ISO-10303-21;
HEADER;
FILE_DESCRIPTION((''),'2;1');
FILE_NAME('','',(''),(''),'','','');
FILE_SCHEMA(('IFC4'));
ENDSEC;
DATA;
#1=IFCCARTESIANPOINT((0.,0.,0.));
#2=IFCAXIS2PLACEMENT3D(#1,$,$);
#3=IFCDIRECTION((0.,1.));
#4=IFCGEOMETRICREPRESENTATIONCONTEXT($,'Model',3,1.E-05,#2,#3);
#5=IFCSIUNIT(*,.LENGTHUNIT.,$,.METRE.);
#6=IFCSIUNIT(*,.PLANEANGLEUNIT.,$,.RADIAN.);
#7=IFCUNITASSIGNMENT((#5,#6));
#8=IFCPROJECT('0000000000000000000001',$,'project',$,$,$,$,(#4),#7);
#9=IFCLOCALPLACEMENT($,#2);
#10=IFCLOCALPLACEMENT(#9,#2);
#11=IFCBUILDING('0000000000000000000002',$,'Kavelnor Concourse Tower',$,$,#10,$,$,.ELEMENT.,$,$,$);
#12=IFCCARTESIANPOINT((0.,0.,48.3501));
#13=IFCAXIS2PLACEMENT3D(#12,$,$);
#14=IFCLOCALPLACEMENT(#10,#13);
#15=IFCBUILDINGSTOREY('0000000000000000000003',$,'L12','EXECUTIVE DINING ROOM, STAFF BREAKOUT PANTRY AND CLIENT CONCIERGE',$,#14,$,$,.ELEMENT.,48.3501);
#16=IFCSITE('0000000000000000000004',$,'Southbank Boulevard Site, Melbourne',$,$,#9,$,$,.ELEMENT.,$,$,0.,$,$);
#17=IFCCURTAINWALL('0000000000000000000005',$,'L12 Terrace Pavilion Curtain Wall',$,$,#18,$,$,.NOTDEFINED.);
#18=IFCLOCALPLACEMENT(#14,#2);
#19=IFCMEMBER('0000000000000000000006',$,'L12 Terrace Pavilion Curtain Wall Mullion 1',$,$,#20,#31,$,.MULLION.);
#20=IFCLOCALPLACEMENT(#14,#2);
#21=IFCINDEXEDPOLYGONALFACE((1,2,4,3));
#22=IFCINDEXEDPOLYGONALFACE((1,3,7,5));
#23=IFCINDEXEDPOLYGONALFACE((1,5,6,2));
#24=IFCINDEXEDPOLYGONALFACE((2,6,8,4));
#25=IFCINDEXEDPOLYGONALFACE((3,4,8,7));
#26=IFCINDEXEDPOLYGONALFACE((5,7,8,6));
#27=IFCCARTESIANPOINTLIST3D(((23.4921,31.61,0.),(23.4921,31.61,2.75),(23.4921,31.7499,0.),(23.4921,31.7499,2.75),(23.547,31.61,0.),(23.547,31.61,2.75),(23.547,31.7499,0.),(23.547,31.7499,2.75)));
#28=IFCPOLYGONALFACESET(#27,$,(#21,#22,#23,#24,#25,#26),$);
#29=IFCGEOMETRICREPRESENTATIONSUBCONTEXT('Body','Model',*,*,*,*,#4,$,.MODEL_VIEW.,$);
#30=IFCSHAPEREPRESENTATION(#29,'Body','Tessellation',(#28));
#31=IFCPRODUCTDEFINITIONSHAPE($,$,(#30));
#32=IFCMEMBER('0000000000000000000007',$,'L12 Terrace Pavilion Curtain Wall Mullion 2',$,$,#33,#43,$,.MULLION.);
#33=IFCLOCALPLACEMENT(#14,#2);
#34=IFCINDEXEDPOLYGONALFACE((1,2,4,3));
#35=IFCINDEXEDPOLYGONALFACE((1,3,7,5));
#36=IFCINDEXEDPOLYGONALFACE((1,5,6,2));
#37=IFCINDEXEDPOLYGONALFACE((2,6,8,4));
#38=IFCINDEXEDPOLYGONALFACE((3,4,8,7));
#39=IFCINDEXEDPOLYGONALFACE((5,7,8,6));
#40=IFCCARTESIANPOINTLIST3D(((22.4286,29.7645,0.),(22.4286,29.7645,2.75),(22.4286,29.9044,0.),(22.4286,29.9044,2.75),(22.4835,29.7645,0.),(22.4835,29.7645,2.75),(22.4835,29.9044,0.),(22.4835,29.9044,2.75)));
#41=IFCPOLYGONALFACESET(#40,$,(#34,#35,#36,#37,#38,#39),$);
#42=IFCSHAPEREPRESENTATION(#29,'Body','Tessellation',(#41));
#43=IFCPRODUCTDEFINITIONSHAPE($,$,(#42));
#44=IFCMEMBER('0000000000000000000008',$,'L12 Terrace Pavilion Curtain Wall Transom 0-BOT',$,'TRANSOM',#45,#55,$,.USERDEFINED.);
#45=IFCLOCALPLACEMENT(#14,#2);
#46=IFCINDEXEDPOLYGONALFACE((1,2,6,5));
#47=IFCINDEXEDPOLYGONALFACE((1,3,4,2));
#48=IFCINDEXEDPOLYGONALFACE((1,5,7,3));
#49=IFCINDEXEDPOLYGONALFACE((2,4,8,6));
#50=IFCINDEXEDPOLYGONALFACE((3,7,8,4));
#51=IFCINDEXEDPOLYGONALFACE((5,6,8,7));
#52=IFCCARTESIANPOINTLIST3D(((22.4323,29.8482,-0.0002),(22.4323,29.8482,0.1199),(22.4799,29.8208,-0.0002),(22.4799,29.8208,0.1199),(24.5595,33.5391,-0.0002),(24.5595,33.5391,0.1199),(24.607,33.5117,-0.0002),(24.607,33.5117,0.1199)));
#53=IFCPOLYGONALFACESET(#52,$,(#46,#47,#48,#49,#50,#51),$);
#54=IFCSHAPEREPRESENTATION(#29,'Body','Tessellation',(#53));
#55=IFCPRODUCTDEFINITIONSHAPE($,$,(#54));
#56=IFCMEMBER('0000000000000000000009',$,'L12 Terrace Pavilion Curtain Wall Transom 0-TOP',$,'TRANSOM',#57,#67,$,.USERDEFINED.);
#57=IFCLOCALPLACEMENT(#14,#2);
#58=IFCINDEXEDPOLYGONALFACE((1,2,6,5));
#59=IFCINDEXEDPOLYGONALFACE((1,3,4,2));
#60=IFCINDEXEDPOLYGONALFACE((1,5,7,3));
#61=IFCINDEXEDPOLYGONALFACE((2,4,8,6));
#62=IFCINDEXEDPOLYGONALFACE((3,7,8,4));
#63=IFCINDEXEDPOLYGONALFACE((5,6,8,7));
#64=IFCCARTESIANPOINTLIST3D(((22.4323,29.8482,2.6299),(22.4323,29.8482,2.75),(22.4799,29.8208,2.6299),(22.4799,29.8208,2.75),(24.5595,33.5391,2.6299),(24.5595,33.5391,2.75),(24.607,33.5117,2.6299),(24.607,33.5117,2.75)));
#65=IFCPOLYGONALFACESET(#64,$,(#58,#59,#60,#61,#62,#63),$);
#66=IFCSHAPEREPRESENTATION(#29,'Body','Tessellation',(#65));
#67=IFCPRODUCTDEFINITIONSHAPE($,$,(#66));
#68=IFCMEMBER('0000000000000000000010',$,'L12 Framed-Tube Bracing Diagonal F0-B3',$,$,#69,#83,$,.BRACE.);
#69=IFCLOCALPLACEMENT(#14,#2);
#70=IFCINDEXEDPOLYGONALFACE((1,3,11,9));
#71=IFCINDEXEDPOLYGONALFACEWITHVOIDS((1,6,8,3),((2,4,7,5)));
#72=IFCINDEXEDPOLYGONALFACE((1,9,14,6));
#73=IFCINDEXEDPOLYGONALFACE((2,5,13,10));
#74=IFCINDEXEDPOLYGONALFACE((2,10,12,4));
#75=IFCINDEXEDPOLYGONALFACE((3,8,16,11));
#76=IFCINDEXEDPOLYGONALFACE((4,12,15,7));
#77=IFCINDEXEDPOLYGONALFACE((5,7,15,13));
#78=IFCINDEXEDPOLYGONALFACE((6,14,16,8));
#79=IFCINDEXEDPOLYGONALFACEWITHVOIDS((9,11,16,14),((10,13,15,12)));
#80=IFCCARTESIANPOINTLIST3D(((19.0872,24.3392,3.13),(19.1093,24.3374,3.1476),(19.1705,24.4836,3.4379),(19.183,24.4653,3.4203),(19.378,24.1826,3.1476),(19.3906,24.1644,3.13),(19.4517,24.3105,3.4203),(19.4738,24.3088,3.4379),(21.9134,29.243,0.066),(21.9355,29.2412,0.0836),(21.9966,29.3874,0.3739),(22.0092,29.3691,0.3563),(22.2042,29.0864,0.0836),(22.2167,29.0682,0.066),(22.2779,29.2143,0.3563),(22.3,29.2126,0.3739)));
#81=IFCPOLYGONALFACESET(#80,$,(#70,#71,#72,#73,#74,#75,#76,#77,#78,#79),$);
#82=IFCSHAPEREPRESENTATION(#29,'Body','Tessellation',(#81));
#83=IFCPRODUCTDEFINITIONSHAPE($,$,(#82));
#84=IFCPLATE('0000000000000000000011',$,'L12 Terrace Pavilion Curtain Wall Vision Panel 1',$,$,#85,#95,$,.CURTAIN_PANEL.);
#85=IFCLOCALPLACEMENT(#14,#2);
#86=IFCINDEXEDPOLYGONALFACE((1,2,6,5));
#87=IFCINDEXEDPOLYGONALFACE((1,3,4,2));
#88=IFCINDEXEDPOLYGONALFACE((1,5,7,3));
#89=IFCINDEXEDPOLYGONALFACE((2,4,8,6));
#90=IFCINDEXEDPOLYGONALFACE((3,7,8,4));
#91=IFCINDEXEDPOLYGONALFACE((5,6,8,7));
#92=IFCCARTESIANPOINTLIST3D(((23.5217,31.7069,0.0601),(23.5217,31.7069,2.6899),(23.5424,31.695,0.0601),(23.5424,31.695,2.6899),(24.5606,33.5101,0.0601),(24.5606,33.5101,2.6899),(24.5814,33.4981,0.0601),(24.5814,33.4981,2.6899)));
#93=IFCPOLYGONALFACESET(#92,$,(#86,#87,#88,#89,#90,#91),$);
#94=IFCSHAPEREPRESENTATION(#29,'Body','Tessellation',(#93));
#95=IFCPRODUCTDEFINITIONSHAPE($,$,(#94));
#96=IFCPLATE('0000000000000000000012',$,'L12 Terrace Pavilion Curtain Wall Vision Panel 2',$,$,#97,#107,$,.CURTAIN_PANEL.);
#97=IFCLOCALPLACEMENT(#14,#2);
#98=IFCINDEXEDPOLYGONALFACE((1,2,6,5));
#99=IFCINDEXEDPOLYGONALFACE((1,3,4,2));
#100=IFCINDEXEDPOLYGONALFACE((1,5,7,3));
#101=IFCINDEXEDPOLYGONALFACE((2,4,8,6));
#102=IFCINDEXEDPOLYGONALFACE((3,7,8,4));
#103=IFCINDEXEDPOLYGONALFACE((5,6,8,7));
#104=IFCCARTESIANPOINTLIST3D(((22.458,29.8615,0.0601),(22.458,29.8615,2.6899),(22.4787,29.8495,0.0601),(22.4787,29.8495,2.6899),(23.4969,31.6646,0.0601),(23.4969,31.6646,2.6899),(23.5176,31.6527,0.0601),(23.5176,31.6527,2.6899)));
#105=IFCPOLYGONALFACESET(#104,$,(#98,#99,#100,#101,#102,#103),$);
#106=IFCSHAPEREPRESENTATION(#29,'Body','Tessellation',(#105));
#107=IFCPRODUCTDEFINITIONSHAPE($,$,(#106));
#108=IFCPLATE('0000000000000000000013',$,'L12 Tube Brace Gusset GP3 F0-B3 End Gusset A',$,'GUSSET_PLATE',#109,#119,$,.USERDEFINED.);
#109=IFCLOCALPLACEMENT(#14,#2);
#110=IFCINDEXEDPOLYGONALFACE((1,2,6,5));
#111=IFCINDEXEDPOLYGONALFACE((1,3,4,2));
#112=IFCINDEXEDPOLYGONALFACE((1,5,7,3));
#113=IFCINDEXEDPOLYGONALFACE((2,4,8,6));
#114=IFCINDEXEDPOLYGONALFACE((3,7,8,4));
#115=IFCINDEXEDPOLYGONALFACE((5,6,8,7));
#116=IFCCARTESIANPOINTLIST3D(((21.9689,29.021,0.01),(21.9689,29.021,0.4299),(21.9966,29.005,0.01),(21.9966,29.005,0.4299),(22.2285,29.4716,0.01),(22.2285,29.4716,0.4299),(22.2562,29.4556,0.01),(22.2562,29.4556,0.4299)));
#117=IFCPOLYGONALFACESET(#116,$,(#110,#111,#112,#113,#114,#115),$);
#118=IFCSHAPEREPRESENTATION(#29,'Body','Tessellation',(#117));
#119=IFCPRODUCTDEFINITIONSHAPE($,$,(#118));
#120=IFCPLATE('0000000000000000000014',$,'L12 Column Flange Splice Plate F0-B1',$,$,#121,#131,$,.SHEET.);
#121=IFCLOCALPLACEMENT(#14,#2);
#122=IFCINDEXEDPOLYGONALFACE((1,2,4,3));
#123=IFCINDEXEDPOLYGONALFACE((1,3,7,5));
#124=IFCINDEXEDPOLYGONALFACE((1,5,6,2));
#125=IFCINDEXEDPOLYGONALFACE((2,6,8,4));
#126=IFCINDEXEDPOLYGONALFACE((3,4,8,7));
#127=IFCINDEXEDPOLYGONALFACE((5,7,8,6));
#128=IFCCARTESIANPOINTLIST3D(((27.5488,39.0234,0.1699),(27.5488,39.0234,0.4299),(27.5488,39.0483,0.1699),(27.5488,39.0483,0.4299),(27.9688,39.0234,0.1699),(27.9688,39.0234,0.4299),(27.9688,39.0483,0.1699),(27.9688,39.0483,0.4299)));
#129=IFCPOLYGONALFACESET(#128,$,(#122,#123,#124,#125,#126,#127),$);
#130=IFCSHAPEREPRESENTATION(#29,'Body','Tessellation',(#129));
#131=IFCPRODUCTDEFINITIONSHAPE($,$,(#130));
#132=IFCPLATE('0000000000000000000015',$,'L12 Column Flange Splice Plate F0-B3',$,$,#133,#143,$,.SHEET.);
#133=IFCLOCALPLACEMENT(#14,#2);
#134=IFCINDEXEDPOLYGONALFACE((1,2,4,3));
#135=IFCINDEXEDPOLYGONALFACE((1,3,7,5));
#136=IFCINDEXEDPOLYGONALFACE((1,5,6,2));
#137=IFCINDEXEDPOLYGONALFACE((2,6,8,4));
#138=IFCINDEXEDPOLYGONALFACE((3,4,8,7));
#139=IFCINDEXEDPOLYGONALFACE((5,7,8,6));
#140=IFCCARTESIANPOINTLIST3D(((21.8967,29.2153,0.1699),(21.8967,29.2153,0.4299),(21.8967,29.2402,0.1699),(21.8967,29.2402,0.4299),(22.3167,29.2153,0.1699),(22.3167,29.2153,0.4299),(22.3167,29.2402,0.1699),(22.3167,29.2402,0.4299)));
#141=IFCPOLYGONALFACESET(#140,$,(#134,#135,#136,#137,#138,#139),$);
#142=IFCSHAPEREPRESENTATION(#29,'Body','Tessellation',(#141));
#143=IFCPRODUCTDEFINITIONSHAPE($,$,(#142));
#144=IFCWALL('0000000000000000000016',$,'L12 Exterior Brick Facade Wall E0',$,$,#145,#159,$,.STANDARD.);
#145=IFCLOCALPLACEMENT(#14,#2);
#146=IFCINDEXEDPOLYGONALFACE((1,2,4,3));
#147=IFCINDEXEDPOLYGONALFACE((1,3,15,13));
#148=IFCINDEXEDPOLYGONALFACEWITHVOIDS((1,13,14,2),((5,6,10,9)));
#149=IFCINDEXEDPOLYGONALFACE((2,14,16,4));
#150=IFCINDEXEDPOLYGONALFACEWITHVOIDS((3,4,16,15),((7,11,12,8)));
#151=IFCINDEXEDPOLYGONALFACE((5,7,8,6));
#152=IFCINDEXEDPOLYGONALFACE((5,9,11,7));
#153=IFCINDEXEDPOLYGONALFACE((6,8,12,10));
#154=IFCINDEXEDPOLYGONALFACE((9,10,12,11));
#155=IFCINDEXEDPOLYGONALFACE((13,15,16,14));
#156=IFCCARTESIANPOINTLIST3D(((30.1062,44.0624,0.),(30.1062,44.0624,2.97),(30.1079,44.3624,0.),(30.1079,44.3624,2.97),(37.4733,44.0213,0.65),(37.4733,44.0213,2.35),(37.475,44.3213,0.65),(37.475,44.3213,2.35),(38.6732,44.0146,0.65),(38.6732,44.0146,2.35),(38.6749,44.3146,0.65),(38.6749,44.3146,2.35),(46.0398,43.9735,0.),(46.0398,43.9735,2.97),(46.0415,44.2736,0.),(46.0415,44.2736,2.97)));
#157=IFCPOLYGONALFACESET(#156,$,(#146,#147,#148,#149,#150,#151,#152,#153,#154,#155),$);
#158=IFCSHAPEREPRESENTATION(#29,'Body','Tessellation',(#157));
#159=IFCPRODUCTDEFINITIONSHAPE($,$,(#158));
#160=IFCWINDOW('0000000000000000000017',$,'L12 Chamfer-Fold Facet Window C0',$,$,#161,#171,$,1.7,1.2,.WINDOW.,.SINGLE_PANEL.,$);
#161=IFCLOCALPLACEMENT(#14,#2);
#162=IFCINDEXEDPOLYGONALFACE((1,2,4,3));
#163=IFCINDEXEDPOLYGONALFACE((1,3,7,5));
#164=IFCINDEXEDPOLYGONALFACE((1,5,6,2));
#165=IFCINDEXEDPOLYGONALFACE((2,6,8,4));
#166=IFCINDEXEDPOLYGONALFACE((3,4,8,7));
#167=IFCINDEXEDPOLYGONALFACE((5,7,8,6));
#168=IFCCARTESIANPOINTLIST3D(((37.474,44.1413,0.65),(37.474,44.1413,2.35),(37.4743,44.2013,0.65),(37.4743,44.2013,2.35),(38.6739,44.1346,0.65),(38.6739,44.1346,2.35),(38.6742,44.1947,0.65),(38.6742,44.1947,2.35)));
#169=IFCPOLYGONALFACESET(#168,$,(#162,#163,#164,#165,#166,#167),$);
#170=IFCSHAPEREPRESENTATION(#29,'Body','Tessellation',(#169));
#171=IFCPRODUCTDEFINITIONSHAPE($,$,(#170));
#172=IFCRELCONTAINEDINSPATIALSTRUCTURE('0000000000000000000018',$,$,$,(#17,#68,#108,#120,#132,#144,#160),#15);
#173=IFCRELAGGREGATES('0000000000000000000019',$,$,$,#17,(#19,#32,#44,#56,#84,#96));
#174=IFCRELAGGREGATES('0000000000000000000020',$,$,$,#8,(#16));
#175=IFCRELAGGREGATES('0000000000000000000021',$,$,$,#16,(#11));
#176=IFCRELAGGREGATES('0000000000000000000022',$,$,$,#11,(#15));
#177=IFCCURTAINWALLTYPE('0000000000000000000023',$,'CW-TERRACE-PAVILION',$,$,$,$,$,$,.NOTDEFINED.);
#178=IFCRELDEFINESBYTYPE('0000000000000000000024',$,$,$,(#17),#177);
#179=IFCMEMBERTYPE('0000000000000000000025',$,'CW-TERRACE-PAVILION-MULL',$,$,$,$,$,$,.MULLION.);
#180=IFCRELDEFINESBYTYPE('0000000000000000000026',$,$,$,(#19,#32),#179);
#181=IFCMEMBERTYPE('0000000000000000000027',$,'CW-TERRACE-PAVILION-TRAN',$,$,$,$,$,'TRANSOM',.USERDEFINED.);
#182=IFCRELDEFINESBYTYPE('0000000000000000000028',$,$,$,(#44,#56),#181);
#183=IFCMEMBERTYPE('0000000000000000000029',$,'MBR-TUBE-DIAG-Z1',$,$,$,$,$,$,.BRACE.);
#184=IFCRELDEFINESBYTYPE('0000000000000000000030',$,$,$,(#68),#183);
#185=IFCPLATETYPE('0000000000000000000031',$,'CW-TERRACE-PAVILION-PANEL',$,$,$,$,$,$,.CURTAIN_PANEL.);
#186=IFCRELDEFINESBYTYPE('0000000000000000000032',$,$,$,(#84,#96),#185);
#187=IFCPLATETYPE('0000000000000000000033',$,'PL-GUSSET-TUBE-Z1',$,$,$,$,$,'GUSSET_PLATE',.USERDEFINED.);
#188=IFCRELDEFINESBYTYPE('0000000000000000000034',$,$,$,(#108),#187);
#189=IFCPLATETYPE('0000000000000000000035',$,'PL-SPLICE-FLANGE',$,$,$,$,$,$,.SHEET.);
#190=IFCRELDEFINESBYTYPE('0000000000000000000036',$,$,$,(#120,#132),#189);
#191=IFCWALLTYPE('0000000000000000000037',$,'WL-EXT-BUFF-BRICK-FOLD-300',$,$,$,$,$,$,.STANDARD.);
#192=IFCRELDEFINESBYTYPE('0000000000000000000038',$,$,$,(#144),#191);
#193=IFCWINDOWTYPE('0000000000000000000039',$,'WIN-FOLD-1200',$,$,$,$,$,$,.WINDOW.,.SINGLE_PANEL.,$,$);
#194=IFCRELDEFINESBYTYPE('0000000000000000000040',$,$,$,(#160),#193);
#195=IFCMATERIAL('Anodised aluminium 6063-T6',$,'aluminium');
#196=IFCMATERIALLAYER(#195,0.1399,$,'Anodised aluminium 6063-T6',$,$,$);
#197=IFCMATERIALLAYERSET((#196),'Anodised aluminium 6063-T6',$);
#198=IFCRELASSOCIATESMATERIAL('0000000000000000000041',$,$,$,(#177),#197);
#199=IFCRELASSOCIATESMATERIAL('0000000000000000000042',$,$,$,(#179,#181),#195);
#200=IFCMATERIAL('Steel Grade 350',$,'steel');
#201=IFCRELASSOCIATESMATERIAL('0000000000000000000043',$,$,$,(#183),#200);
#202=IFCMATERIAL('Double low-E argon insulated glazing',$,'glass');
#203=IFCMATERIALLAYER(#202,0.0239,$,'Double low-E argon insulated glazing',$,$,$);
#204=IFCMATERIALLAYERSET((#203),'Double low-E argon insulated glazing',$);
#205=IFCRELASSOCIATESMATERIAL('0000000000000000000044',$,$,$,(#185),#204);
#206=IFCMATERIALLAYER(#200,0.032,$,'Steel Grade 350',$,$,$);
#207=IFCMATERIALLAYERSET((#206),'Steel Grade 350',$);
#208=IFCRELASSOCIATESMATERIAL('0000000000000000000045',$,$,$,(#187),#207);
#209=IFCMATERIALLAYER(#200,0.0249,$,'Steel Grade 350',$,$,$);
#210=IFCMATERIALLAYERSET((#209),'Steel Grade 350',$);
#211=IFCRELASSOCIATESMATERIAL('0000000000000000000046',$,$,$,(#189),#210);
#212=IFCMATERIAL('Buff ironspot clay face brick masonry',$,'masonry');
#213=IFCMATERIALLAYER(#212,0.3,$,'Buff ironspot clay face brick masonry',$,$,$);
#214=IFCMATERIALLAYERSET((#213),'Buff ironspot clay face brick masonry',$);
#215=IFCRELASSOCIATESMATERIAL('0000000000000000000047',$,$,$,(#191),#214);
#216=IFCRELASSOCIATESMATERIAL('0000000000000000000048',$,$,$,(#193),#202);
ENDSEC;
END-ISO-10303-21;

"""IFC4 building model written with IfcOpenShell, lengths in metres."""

from ifc_helpers import new_model, si_unit, direction, frame, frame_2d, origin, origin_2d, place, context, subcontext, project, spatial, rectangle, hollow_rectangle, extrude, material, layer, layer_set, material_profile, profile_set, type_object, element, fill, aggregate, save


model = new_model("IFC4")

# Units and contexts
model_context = context("Model", 3, precision=1e-05, world=origin(), true_north=direction((0.0, 1.0)))
body_context = subcontext(model_context, "Body", "Model", "MODEL_VIEW")
ifc_project = project(units=[si_unit("LENGTHUNIT", "METRE"), si_unit("PLANEANGLEUNIT", "RADIAN")], contexts=[model_context])

# Site, building, storey
site_placement = place(None, origin())
site = spatial("IfcSite", under=ifc_project, at=site_placement, Name="Southbank Boulevard Site, Melbourne", CompositionType="ELEMENT", RefElevation=0.0)
building_placement = place(site_placement, origin())
building = spatial("IfcBuilding", under=site, at=building_placement, Name="Kavelnor Concourse Tower", CompositionType="ELEMENT")
storey_placement = place(building_placement, frame((0.0, 0.0, 48.3501)))
storey = spatial("IfcBuildingStorey", under=building, at=storey_placement, Name="L12", Description="EXECUTIVE DINING ROOM, STAFF BREAKOUT PANTRY AND CLIENT CONCIERGE", CompositionType="ELEMENT", Elevation=48.3501)

# Shared definitions
ifc_material_1 = material(Name="Steel Grade 350", Category="steel")

# Curtain wall, members
ifc_material_2 = material(Name="Anodised aluminium 6063-T6", Category="aluminium")
ifc_layer_1 = layer(ifc_material_2, 0.1399, Name="Anodised aluminium 6063-T6")
ifc_layer_set_1 = layer_set([ifc_layer_1], Name="Anodised aluminium 6063-T6")
curtain_wall_type = type_object("IfcCurtainWallType", Name="CW-TERRACE-PAVILION", PredefinedType="NOTDEFINED", material=ifc_layer_set_1)
curtain_wall_placement = place(storey_placement, origin())
curtain_wall = element("IfcCurtainWall", 1, at=curtain_wall_placement, inside=storey, type_object=curtain_wall_type, Name="L12 Terrace Pavilion Curtain Wall", PredefinedType="NOTDEFINED")
ifc_material_profile_1 = material_profile(ifc_material_2, rectangle(XDim=0.0549, YDim=0.1399, at=origin_2d()), Name="AL-MULL 55x140")
ifc_profile_set_1 = profile_set([ifc_material_profile_1], Name="Anodised aluminium 6063-T6")
member_type_1 = type_object("IfcMemberType", Name="CW-TERRACE-PAVILION-MULL", PredefinedType="MULLION", material=ifc_profile_set_1)
member_1_placement = place(storey_placement, frame((23.5195, 31.6799, 0.0), z_axis=(0.0, 0.0, 1.0), x_axis=(1.0, 0.0, 0.0)))
member_1 = element("IfcMember", 2, at=member_1_placement, type_object=member_type_1, Name="L12 Terrace Pavilion Curtain Wall Mullion 1", PredefinedType="MULLION", context=body_context, shape_type="SweptSolid", body=[
    extrude(rectangle(XDim=0.0549, YDim=0.1399, at=origin_2d()), origin(), (0.0, 0.0, 1.0), 2.75),
])
member_2_placement = place(storey_placement, frame((22.4561, 29.8345, 0.0), z_axis=(0.0, 0.0, 1.0), x_axis=(1.0, 0.0, 0.0)))
member_2 = element("IfcMember", 3, at=member_2_placement, type_object=member_type_1, Name="L12 Terrace Pavilion Curtain Wall Mullion 2", PredefinedType="MULLION", context=body_context, shape_type="SweptSolid", body=[
    extrude(rectangle(XDim=0.0549, YDim=0.1399, at=origin_2d()), origin(), (0.0, 0.0, 1.0), 2.75),
])
ifc_material_profile_2 = material_profile(ifc_material_2, rectangle(XDim=0.0549, YDim=0.1201, at=origin_2d()), Name="AL-TRAN 55x120")
ifc_profile_set_2 = profile_set([ifc_material_profile_2], Name="Anodised aluminium 6063-T6")
member_type_2 = type_object("IfcMemberType", Name="CW-TERRACE-PAVILION-TRAN", ElementType="TRANSOM", PredefinedType="USERDEFINED", material=ifc_profile_set_2)
member_3_placement = place(storey_placement, frame((24.5833, 33.5254, 0.0598), z_axis=(-0.499339, -0.866407, 0.0), x_axis=(0.866407, -0.499339, 0.0)))
member_3 = element("IfcMember", 4, at=member_3_placement, type_object=member_type_2, Name="L12 Terrace Pavilion Curtain Wall Transom 0-BOT", ObjectType="TRANSOM", PredefinedType="USERDEFINED", context=body_context, shape_type="SweptSolid", body=[
    extrude(rectangle(XDim=0.0549, YDim=0.1201, at=origin_2d()), origin(), (0.0, 0.0, 1.0), 4.26),
])
member_4_placement = place(storey_placement, frame((24.5833, 33.5254, 2.6899), z_axis=(-0.499339, -0.866407, 0.0), x_axis=(0.866407, -0.499339, 0.0)))
member_4 = element("IfcMember", 5, at=member_4_placement, type_object=member_type_2, Name="L12 Terrace Pavilion Curtain Wall Transom 0-TOP", ObjectType="TRANSOM", PredefinedType="USERDEFINED", context=body_context, shape_type="SweptSolid", body=[
    extrude(rectangle(XDim=0.0549, YDim=0.1201, at=origin_2d()), origin(), (0.0, 0.0, 1.0), 4.26),
])

# Member
ifc_material_profile_3 = material_profile(ifc_material_1, hollow_rectangle(XDim=0.3501, YDim=0.3501, WallThickness=0.02, at=origin_2d()), Name="SHS 350x350x20")
ifc_profile_set_3 = profile_set([ifc_material_profile_3], Name="Steel Grade 350")
member_type_3 = type_object("IfcMemberType", Name="MBR-TUBE-DIAG-Z1", PredefinedType="BRACE", material=ifc_profile_set_3)
member_5_placement = place(storey_placement, frame((22.1067, 29.2278, 0.22), z_axis=(-0.439117, -0.761931, 0.476065), x_axis=(0.866411, -0.499332, 0.0)))
element("IfcMember", 6, at=member_5_placement, inside=storey, type_object=member_type_3, Name="L12 Framed-Tube Bracing Diagonal F0-B3", PredefinedType="BRACE", context=body_context, shape_type="SweptSolid", body=[
    extrude(hollow_rectangle(XDim=0.3501, YDim=0.3501, WallThickness=0.02, at=origin_2d()), origin(), (0.0, 0.0, 1.0), 6.436),
])

# Plates
ifc_material_3 = material(Name="Double low-E argon insulated glazing", Category="glass")
ifc_layer_2 = layer(ifc_material_3, 0.0239, Name="Double low-E argon insulated glazing")
ifc_layer_set_2 = layer_set([ifc_layer_2], Name="Double low-E argon insulated glazing")
plate_type_1 = type_object("IfcPlateType", Name="CW-TERRACE-PAVILION-PANEL", PredefinedType="CURTAIN_PANEL", material=ifc_layer_set_2)
plate_1_placement = place(storey_placement, frame((24.0515, 32.6025, 0.0601), z_axis=(0.0, 0.0, 1.0), x_axis=(-0.499244, -0.866461, 0.0)))
plate_1 = element("IfcPlate", 7, at=plate_1_placement, type_object=plate_type_1, Name="L12 Terrace Pavilion Curtain Wall Vision Panel 1", PredefinedType="CURTAIN_PANEL", context=body_context, shape_type="SweptSolid", body=[
    extrude(rectangle(XDim=2.0811, YDim=0.0239, at=origin_2d()), origin(), (0.0, 0.0, 1.0), 2.6299),
])
plate_2_placement = place(storey_placement, frame((22.9878, 30.7571, 0.0601), z_axis=(0.0, 0.0, 1.0), x_axis=(-0.499244, -0.866461, 0.0)))
plate_2 = element("IfcPlate", 8, at=plate_2_placement, type_object=plate_type_1, Name="L12 Terrace Pavilion Curtain Wall Vision Panel 2", PredefinedType="CURTAIN_PANEL", context=body_context, shape_type="SweptSolid", body=[
    extrude(rectangle(XDim=2.0811, YDim=0.0239, at=origin_2d()), origin(), (0.0, 0.0, 1.0), 2.6299),
])
aggregate(curtain_wall, [member_1, member_2, member_3, member_4, plate_1, plate_2])

# Plates
ifc_layer_3 = layer(ifc_material_1, 0.032, Name="Steel Grade 350")
ifc_layer_set_3 = layer_set([ifc_layer_3], Name="Steel Grade 350")
plate_type_2 = type_object("IfcPlateType", Name="PL-GUSSET-TUBE-Z1", ElementType="GUSSET_PLATE", PredefinedType="USERDEFINED", material=ifc_layer_set_3)
plate_3_placement = place(storey_placement, frame((22.1125, 29.2383, 0.01), z_axis=(0.0, 0.0, 1.0), x_axis=(-0.499244, -0.866461, 0.0)))
element("IfcPlate", 9, at=plate_3_placement, inside=storey, type_object=plate_type_2, Name="L12 Tube Brace Gusset GP3 F0-B3 End Gusset A", ObjectType="GUSSET_PLATE", PredefinedType="USERDEFINED", context=body_context, shape_type="SweptSolid", body=[
    extrude(rectangle(XDim=0.52, YDim=0.032, at=origin_2d()), origin(), (0.0, 0.0, 1.0), 0.4199),
])
ifc_layer_4 = layer(ifc_material_1, 0.0249, Name="Steel Grade 350")
ifc_layer_set_4 = layer_set([ifc_layer_4], Name="Steel Grade 350")
plate_type_3 = type_object("IfcPlateType", Name="PL-SPLICE-FLANGE", PredefinedType="SHEET", material=ifc_layer_set_4)
for number, where, z_axis, x_axis, name in (
    (10, (27.7588, 39.0359, 0.1699), (0.0, 0.0, 1.0), (1.0, 0.0, 0.0), "L12 Column Flange Splice Plate F0-B1"),
    (11, (22.1067, 29.2278, 0.1699), (0.0, 0.0, 1.0), (1.0, 0.0, 0.0), "L12 Column Flange Splice Plate F0-B3"),
):
    element("IfcPlate", number, at=place(storey_placement, frame(where, z_axis=z_axis, x_axis=x_axis)), inside=storey, type_object=plate_type_3, Name=name, PredefinedType="SHEET", context=body_context, shape_type="SweptSolid", body=[
        extrude(rectangle(XDim=0.4199, YDim=0.0249, at=origin_2d()), origin(), (0.0, 0.0, 1.0), 0.26),
    ])

# Wall, opening, window
ifc_material_4 = material(Name="Buff ironspot clay face brick masonry", Category="masonry")
ifc_layer_5 = layer(ifc_material_4, 0.3, Name="Buff ironspot clay face brick masonry")
ifc_layer_set_5 = layer_set([ifc_layer_5], Name="Buff ironspot clay face brick masonry")
wall_type_1 = type_object("IfcWallType", Name="WL-EXT-BUFF-BRICK-FOLD-300", PredefinedType="STANDARD", material=ifc_layer_set_5)
wall_1_placement = place(storey_placement, frame((30.1072, 44.2124, 0.0), z_axis=(0.0, 0.0, 1.0), x_axis=(0.999984, -0.005577, 0.0)))
wall_1 = element("IfcWall", 12, at=wall_1_placement, inside=storey, type_object=wall_type_1, Name="L12 Exterior Brick Facade Wall E0", PredefinedType="STANDARD", context=body_context, shape_type="SweptSolid", body=[
    extrude(rectangle(XDim=15.9338, YDim=0.3, at=frame_2d((7.9668, 0.0))), origin(), (0.0, 0.0, 1.0), 2.97),
])
opening_placement = place(wall_1_placement, frame((7.3669, 0.0, 0.6499)))
opening = element("IfcOpeningElement", 13, at=opening_placement, cuts=wall_1, PredefinedType="OPENING", context=body_context, shape_type="SweptSolid", body=[
    extrude(rectangle(XDim=1.2, YDim=1.7, at=frame_2d((0.6001, 0.8501))), frame((0.0, 0.1602, 0.0), z_axis=(0.0, -1.0, 0.0), x_axis=(1.0, 0.0, 0.0)), (0.0, 0.0, 1.0), 0.3201),
])
window_type = type_object("IfcWindowType", Name="WIN-FOLD-1200", PartitioningType="SINGLE_PANEL", PredefinedType="WINDOW", material=ifc_material_3)
window_placement = place(opening_placement, origin())
window = element("IfcWindow", 14, at=window_placement, inside=storey, type_object=window_type, Name="L12 Chamfer-Fold Facet Window C0", OverallHeight=1.7, OverallWidth=1.2, PartitioningType="SINGLE_PANEL", PredefinedType="WINDOW", context=body_context, shape_type="SweptSolid", body=[
    extrude(rectangle(XDim=1.2, YDim=1.7, at=frame_2d((0.6001, 0.8501))), frame((0.0, 0.03, 0.0), z_axis=(0.0, -1.0, 0.0), x_axis=(1.0, 0.0, 0.0)), (0.0, 0.0, 1.0), 0.0601),
])
fill(opening, window)

save(model, "model.ifc")
